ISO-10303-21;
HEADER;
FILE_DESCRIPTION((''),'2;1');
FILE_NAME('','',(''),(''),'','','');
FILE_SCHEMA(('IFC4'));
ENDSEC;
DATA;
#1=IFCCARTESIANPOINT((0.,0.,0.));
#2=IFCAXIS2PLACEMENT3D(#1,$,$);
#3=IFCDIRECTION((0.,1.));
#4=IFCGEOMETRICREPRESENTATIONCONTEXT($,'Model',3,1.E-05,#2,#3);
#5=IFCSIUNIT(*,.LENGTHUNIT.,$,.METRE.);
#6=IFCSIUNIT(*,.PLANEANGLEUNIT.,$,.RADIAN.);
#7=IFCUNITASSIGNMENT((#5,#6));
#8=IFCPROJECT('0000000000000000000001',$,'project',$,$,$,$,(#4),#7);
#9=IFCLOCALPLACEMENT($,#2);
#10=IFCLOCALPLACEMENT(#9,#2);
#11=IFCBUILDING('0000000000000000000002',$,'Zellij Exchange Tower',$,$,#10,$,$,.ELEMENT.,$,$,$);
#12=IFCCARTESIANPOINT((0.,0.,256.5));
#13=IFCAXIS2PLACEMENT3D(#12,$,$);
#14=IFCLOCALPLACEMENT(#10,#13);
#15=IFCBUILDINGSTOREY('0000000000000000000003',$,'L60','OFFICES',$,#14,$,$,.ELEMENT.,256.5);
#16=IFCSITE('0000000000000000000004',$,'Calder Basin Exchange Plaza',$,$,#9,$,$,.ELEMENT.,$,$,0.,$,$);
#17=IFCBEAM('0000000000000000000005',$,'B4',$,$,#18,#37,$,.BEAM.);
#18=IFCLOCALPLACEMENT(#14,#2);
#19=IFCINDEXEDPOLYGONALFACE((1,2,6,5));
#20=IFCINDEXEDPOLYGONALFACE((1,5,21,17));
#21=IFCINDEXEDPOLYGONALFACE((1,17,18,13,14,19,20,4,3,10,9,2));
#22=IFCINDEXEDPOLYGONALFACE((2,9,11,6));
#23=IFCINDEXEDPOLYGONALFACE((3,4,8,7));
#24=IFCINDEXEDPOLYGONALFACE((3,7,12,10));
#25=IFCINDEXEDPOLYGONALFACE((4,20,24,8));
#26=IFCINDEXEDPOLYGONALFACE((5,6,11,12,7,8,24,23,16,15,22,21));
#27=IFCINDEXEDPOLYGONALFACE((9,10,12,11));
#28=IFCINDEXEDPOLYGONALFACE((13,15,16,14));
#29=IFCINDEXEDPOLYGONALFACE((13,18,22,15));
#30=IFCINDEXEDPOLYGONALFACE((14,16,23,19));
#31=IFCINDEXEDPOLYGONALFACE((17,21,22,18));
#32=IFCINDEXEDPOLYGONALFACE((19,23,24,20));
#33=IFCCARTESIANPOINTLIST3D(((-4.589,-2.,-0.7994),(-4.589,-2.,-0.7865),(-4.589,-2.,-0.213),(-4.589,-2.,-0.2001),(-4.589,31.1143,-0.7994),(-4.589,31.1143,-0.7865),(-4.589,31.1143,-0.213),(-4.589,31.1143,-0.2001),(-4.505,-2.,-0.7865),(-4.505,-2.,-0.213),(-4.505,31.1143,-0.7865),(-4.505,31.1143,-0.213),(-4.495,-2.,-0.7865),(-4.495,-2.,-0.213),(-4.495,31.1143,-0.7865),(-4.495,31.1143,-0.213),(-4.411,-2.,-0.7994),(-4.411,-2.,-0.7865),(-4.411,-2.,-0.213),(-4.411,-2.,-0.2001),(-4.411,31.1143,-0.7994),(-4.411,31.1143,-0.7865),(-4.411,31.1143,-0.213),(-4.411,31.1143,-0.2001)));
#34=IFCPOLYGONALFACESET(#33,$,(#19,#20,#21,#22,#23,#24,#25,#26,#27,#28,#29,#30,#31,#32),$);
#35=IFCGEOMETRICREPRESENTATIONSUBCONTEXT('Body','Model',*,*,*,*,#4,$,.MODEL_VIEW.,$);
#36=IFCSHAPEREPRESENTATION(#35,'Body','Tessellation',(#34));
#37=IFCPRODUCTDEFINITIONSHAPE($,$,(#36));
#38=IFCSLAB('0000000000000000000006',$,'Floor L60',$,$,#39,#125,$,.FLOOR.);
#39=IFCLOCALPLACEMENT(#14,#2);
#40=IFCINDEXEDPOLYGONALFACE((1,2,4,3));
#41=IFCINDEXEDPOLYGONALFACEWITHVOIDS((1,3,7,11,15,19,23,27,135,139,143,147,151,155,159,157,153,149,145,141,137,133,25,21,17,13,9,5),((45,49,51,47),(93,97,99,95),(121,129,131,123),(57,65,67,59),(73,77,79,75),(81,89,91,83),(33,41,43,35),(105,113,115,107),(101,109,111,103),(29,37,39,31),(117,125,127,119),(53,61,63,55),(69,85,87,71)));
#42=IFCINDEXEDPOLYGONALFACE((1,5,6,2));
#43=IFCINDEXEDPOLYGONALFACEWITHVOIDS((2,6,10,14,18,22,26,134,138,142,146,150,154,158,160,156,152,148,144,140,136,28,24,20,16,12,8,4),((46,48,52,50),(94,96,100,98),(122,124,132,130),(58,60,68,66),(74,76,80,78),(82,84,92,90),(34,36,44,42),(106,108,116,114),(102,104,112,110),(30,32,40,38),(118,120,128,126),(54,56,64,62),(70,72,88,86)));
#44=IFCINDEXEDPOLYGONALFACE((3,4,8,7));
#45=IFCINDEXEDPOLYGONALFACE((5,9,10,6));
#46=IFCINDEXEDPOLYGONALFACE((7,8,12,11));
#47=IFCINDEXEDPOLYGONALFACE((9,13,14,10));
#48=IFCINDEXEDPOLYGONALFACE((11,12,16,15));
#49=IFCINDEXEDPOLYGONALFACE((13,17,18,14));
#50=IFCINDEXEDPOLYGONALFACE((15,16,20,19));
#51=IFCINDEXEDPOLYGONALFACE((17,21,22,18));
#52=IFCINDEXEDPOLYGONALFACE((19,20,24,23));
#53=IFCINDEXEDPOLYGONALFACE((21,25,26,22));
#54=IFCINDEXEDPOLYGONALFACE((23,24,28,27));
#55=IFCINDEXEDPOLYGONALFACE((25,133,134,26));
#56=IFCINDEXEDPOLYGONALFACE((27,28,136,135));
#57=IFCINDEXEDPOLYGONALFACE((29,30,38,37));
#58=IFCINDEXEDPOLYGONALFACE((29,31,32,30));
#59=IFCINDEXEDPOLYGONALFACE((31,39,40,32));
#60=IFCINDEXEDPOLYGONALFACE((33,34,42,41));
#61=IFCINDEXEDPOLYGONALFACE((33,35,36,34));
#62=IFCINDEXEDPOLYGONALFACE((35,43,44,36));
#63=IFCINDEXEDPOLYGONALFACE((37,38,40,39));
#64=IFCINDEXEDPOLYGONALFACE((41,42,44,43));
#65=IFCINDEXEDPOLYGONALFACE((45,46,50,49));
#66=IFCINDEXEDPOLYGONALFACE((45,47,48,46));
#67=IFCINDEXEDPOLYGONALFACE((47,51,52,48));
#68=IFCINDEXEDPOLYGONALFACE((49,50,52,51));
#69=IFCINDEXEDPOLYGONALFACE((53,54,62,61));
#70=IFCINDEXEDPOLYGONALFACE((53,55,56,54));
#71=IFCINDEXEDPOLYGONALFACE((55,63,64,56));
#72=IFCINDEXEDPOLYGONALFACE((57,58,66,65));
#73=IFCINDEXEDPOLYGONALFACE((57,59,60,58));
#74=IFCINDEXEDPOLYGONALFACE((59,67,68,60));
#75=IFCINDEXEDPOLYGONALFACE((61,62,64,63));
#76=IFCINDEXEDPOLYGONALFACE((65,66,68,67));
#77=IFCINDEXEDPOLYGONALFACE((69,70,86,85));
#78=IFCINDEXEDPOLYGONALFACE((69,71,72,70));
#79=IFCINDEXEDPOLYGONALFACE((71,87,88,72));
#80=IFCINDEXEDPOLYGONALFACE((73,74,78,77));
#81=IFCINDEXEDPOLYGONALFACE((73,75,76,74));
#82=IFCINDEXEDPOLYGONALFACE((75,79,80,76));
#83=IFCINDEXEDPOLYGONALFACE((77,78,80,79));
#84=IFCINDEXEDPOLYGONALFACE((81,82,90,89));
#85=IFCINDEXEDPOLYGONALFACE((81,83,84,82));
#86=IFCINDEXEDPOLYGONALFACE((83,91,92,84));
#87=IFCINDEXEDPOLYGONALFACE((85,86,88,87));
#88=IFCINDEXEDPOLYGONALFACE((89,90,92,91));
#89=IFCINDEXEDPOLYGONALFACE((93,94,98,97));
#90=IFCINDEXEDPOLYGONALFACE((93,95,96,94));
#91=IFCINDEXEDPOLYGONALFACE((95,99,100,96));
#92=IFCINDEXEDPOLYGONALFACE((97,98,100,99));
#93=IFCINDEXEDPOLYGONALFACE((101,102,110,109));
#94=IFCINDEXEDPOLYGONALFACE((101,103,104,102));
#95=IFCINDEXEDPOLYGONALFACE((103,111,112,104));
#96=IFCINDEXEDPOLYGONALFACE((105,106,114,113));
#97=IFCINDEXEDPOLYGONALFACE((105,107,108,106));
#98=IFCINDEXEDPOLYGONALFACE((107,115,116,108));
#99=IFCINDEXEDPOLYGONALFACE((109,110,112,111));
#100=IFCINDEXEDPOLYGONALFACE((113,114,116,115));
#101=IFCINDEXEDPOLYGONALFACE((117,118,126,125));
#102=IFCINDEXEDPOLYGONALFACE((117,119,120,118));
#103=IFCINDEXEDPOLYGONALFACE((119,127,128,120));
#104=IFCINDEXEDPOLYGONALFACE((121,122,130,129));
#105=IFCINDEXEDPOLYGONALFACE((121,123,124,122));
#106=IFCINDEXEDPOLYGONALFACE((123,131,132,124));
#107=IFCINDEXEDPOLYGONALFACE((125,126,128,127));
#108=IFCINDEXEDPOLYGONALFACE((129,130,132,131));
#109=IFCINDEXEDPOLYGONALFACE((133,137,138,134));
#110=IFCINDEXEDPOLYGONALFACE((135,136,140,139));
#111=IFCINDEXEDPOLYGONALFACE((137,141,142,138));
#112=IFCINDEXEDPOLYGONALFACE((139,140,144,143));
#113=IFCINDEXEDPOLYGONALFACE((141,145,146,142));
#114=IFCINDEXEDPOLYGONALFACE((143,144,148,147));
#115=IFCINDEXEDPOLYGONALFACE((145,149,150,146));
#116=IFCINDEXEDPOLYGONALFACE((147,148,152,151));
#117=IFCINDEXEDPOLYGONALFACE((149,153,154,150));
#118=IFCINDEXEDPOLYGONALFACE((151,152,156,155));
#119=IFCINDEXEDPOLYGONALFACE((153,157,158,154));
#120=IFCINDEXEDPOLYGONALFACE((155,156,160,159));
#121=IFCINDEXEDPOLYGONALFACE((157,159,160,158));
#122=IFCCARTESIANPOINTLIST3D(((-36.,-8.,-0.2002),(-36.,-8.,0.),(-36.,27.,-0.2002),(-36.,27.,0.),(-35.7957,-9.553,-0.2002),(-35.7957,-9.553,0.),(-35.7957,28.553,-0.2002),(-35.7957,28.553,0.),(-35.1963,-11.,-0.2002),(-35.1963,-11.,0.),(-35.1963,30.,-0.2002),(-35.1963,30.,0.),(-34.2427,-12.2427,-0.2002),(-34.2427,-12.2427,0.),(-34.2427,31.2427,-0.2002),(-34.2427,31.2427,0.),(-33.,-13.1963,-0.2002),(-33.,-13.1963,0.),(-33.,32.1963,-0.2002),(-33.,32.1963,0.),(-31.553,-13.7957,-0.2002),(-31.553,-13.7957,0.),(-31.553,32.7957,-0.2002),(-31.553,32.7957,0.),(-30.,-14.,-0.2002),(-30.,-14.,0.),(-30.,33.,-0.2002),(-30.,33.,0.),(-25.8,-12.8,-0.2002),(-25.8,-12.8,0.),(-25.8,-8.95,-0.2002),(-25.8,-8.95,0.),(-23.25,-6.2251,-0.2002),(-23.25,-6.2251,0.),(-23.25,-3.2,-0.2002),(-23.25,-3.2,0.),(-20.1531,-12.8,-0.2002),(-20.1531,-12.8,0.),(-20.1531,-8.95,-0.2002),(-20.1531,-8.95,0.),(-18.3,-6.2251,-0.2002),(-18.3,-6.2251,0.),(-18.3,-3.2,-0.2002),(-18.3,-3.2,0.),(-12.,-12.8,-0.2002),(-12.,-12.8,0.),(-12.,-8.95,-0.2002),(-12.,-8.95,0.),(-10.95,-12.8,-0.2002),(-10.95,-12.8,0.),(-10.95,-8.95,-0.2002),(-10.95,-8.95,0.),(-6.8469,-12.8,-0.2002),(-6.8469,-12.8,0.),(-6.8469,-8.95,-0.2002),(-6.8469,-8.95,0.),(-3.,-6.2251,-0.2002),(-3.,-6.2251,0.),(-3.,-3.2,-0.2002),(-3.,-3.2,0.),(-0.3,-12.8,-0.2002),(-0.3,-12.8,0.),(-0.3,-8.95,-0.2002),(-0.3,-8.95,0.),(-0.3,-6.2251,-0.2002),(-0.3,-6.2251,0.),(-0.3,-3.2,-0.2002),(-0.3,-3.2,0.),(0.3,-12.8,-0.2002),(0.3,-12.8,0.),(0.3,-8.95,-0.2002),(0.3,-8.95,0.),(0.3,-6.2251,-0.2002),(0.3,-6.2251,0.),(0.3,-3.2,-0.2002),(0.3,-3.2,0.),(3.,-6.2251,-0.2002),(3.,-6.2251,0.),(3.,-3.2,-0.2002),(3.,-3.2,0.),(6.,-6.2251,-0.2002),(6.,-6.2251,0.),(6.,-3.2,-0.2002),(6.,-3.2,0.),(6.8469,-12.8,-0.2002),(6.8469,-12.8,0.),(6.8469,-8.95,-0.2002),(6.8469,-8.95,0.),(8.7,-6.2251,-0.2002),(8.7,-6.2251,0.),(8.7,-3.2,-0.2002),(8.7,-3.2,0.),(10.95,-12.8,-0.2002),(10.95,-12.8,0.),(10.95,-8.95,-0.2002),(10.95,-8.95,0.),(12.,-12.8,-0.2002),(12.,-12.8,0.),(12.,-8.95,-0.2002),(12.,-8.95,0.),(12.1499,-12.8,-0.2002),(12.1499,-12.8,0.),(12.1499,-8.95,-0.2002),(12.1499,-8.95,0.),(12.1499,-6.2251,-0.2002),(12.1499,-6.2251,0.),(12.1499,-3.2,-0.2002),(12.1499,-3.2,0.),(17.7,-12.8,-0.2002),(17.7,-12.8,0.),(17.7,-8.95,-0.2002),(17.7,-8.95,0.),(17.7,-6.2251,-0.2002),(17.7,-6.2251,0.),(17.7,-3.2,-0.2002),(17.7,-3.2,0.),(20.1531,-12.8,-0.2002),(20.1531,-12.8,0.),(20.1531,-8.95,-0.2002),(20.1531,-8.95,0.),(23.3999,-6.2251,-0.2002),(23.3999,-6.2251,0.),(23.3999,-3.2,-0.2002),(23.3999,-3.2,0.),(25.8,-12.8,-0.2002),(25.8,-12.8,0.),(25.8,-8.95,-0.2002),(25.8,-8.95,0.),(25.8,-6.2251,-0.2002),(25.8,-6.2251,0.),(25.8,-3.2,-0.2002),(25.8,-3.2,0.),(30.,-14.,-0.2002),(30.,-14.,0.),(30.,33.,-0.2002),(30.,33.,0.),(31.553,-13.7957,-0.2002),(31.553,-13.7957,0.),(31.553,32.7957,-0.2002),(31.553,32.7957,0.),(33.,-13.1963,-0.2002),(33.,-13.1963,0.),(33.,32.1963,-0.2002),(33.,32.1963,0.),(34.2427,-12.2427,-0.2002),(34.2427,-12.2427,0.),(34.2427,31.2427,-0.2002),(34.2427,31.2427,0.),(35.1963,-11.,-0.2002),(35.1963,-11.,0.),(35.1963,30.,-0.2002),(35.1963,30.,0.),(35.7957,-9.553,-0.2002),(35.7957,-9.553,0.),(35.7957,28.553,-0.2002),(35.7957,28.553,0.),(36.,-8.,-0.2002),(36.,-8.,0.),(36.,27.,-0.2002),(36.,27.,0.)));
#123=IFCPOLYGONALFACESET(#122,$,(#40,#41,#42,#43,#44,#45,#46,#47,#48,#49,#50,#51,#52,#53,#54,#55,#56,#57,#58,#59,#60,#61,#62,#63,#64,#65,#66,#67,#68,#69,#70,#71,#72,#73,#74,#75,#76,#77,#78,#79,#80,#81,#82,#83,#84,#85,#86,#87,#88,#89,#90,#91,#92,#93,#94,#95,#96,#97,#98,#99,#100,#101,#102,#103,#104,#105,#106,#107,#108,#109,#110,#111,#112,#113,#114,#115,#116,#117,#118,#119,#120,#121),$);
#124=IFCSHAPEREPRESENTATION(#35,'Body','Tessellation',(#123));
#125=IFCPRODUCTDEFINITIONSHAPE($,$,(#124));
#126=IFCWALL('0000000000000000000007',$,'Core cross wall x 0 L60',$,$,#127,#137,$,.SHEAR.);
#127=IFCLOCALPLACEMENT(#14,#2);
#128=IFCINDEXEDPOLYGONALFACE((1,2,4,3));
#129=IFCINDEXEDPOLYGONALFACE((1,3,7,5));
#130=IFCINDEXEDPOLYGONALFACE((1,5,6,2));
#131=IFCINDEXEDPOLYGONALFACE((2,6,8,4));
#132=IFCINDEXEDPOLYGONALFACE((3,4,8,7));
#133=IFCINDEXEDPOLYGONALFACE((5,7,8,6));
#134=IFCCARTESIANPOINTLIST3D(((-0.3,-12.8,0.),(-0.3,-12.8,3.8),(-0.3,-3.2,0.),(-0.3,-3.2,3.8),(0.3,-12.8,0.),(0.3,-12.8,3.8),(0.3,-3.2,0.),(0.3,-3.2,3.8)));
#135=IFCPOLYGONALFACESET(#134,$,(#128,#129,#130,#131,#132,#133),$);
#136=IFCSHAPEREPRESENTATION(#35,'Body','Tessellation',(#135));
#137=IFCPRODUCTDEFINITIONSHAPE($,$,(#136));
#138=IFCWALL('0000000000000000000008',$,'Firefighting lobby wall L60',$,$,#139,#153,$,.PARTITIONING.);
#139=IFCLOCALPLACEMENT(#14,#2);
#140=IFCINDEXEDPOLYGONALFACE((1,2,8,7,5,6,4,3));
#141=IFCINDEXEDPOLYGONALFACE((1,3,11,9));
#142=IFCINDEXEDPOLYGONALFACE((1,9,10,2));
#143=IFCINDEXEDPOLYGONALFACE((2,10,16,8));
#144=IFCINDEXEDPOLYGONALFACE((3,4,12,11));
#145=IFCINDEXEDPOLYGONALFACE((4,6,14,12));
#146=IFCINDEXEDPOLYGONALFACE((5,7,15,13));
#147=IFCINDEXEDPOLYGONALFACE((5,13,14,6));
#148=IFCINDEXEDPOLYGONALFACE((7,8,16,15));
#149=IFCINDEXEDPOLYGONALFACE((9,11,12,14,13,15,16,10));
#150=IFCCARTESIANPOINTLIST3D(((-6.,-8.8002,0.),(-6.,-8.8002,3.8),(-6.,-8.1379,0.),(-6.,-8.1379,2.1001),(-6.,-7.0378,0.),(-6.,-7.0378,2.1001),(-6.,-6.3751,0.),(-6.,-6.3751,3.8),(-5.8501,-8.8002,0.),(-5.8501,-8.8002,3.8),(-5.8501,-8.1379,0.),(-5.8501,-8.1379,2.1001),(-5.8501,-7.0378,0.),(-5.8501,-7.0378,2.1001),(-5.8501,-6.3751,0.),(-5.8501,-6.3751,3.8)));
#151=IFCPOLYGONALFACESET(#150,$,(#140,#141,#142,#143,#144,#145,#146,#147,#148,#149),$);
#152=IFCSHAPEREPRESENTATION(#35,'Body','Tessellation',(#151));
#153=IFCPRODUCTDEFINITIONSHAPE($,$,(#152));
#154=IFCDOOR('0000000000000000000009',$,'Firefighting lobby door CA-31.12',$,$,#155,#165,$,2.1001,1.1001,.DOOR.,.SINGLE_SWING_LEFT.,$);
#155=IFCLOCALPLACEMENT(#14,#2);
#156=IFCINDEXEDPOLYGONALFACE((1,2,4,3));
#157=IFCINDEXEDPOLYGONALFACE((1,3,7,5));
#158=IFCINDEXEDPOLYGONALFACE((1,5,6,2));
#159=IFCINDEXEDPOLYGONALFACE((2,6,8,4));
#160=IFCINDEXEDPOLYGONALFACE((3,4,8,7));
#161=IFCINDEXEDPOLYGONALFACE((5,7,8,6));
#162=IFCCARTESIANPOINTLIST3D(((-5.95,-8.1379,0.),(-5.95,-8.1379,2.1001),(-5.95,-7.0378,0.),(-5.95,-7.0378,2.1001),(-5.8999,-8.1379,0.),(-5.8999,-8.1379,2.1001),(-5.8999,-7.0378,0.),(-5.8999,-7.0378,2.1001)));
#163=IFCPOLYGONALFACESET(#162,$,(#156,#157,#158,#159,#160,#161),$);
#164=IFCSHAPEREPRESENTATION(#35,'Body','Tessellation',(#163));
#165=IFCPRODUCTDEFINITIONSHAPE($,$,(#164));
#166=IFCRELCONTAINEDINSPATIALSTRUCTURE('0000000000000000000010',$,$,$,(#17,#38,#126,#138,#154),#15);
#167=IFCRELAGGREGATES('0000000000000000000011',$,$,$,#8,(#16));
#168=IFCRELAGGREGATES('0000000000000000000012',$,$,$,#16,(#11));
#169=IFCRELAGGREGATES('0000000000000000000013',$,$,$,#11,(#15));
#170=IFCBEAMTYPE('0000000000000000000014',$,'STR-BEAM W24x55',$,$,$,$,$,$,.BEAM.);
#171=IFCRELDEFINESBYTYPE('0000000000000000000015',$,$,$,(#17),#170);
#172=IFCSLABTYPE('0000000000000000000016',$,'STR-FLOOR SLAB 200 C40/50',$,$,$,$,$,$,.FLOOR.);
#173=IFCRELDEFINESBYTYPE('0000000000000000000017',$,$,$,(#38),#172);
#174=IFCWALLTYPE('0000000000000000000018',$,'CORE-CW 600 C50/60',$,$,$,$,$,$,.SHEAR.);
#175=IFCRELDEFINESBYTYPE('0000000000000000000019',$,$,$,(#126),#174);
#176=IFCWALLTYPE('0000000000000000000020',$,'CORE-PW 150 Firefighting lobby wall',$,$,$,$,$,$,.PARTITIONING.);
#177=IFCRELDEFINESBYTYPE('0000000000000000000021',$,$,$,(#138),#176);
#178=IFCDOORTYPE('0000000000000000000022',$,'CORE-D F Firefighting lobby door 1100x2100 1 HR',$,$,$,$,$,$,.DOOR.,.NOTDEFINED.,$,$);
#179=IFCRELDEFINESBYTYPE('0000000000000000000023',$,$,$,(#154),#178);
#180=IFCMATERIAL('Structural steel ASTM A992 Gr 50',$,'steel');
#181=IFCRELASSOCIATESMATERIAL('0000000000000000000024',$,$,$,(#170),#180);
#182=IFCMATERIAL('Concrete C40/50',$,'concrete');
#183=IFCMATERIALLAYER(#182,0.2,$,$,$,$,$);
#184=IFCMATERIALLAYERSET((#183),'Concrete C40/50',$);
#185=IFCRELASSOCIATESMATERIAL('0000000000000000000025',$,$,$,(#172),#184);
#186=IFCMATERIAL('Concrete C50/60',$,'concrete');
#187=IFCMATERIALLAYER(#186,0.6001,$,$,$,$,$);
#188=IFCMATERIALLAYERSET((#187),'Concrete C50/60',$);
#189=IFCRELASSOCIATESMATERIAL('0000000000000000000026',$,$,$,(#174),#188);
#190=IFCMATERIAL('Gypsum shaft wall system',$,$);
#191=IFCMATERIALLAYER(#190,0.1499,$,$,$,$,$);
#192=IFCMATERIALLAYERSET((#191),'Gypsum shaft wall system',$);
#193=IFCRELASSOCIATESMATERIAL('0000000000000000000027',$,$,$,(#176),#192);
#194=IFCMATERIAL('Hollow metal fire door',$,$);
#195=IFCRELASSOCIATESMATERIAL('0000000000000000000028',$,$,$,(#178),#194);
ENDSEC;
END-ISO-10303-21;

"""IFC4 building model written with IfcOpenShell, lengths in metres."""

from ifc_helpers import new_model, si_unit, direction, frame, frame_2d, origin, origin_2d, place, context, subcontext, project, spatial, polyline, rectangle, i_section, outline, extrude, material, layer, layer_set, material_profile, profile_set, type_object, element, fill, save


model = new_model("IFC4")

# Units and contexts
model_context = context("Model", 3, precision=1e-05, world=origin(), true_north=direction((0.0, 1.0)))
body_context = subcontext(model_context, "Body", "Model", "MODEL_VIEW")
ifc_project = project(units=[si_unit("LENGTHUNIT", "METRE"), si_unit("PLANEANGLEUNIT", "RADIAN")], contexts=[model_context])

# Site, building, storey
site_placement = place(None, origin())
site = spatial("IfcSite", under=ifc_project, at=site_placement, Name="Calder Basin Exchange Plaza", CompositionType="ELEMENT", RefElevation=0.0)
building_placement = place(site_placement, origin())
building = spatial("IfcBuilding", under=site, at=building_placement, Name="Zellij Exchange Tower", CompositionType="ELEMENT")
storey_placement = place(building_placement, frame((0.0, 0.0, 256.5)))
storey = spatial("IfcBuildingStorey", under=building, at=storey_placement, Name="L60", Description="OFFICES", CompositionType="ELEMENT", Elevation=256.5)

# Beam
ifc_material_1 = material(Name="Structural steel ASTM A992 Gr 50", Category="steel")
ifc_material_profile = material_profile(ifc_material_1, i_section(OverallWidth=0.178, OverallDepth=0.5994, WebThickness=0.01, FlangeThickness=0.0129, at=origin_2d()), Name="W24x55")
ifc_profile_set = profile_set([ifc_material_profile], Name="Structural steel ASTM A992 Gr 50")
beam_type = type_object("IfcBeamType", Name="STR-BEAM W24x55", PredefinedType="BEAM", material=ifc_profile_set)
beam_placement = place(storey_placement, frame((-4.5, -2.0, -0.4998), z_axis=(0.0, 1.0, 0.0), x_axis=(-1.0, 0.0, 0.0)))
element("IfcBeam", 1, at=beam_placement, inside=storey, type_object=beam_type, Name="B4", PredefinedType="BEAM", context=body_context, shape_type="SweptSolid", body=[
    extrude(i_section(OverallWidth=0.178, OverallDepth=0.5994, WebThickness=0.01, FlangeThickness=0.0129, at=origin_2d()), origin(), (0.0, 0.0, 1.0), 33.1143),
])

# Slab
ifc_material_2 = material(Name="Concrete C40/50", Category="concrete")
ifc_layer_1 = layer(ifc_material_2, 0.2)
ifc_layer_set_1 = layer_set([ifc_layer_1], Name="Concrete C40/50")
slab_type = type_object("IfcSlabType", Name="STR-FLOOR SLAB 200 C40/50", PredefinedType="FLOOR", material=ifc_layer_set_1)
slab_placement = place(storey_placement, frame((0.0, 0.0, -0.2002)))
element("IfcSlab", 2, at=slab_placement, inside=storey, type_object=slab_type, Name="Floor L60", PredefinedType="FLOOR", context=body_context, shape_type="SweptSolid", body=[
    extrude(outline(polyline([(-30.0, -14.0), (-31.553, -13.7957), (-33.0, -13.1963), (-34.2427, -12.2427), (-35.1963, -11.0), (-35.7957, -9.553), (-36.0, -8.0), (-36.0, 27.0), (-35.7957, 28.553), (-35.1963, 30.0), (-34.2427, 31.2427), (-33.0, 32.1963), (-31.553, 32.7957), (-30.0, 33.0), (30.0, 33.0), (31.553, 32.7957), (33.0, 32.1963), (34.2427, 31.2427), (35.1963, 30.0), (35.7957, 28.553), (36.0, 27.0), (36.0, -8.0), (35.7957, -9.553), (35.1963, -11.0), (34.2427, -12.2427), (33.0, -13.1963), (31.553, -13.7957), (30.0, -14.0), (-30.0, -14.0)]), holes=[polyline([(-25.8, -8.95), (-25.8, -12.8), (-20.1531, -12.8), (-20.1531, -8.95), (-25.8, -8.95)]), polyline([(-10.95, -8.95), (-12.0, -8.95), (-12.0, -12.8), (-10.95, -12.8), (-10.95, -8.95)]), polyline([(-0.3, -8.95), (-6.8469, -8.95), (-6.8469, -12.8), (-0.3, -12.8), (-0.3, -8.95)]), polyline([(0.3, -8.95), (0.3, -12.8), (6.8469, -12.8), (6.8469, -8.95), (0.3, -8.95)]), polyline([(-18.3, -3.2), (-23.25, -3.2), (-23.25, -6.2251), (-18.3, -6.2251), (-18.3, -3.2)]), polyline([(-0.3, -3.2), (-3.0, -3.2), (-3.0, -6.2251), (-0.3, -6.2251), (-0.3, -3.2)]), polyline([(0.3, -3.2), (0.3, -6.2251), (3.0, -6.2251), (3.0, -3.2), (0.3, -3.2)]), polyline([(12.0, -8.95), (10.95, -8.95), (10.95, -12.8), (12.0, -12.8), (12.0, -8.95)]), polyline([(17.7, -8.95), (12.1499, -8.95), (12.1499, -12.8), (17.7, -12.8), (17.7, -8.95)]), polyline([(25.8, -8.95), (20.1531, -8.95), (20.1531, -12.8), (25.8, -12.8), (25.8, -8.95)]), polyline([(8.7, -3.2), (6.0, -3.2), (6.0, -6.2251), (8.7, -6.2251), (8.7, -3.2)]), polyline([(17.7, -3.2), (12.1499, -3.2), (12.1499, -6.2251), (17.7, -6.2251), (17.7, -3.2)]), polyline([(25.8, -3.2), (23.3999, -3.2), (23.3999, -6.2251), (25.8, -6.2251), (25.8, -3.2)])]), origin(), (0.0, 0.0, 1.0), 0.2002),
])

# Wall
ifc_material_3 = material(Name="Concrete C50/60", Category="concrete")
ifc_layer_2 = layer(ifc_material_3, 0.6001)
ifc_layer_set_2 = layer_set([ifc_layer_2], Name="Concrete C50/60")
wall_type_1 = type_object("IfcWallType", Name="CORE-CW 600 C50/60", PredefinedType="SHEAR", material=ifc_layer_set_2)
wall_1_placement = place(storey_placement, frame((0.0, -12.8, 0.0), z_axis=(0.0, 0.0, 1.0), x_axis=(0.0, 1.0, 0.0)))
element("IfcWall", 3, at=wall_1_placement, inside=storey, type_object=wall_type_1, Name="Core cross wall x 0 L60", PredefinedType="SHEAR", context=body_context, shape_type="SweptSolid", body=[
    extrude(rectangle(XDim=9.6001, YDim=0.6001, at=frame_2d((4.8, 0.0))), origin(), (0.0, 0.0, 1.0), 3.8),
])

# Wall, opening, door
ifc_material_4 = material(Name="Gypsum shaft wall system")
ifc_layer_3 = layer(ifc_material_4, 0.1499)
ifc_layer_set_3 = layer_set([ifc_layer_3], Name="Gypsum shaft wall system")
wall_type_2 = type_object("IfcWallType", Name="CORE-PW 150 Firefighting lobby wall", PredefinedType="PARTITIONING", material=ifc_layer_set_3)
wall_2_placement = place(storey_placement, frame((-5.925, -8.8, 0.0), z_axis=(0.0, 0.0, 1.0), x_axis=(0.0, 1.0, 0.0)))
wall_2 = element("IfcWall", 4, at=wall_2_placement, inside=storey, type_object=wall_type_2, Name="Firefighting lobby wall L60", PredefinedType="PARTITIONING", context=body_context, shape_type="SweptSolid", body=[
    extrude(rectangle(XDim=2.425, YDim=0.1499, at=frame_2d((1.2124, 0.0))), origin(), (0.0, 0.0, 1.0), 3.8),
])
opening_1_placement = place(wall_2_placement, frame((0.6621, 0.0, 0.0)))
opening_1 = element("IfcOpeningElement", 5, at=opening_1_placement, cuts=wall_2, PredefinedType="OPENING", context=body_context, shape_type="SweptSolid", body=[
    extrude(rectangle(XDim=1.1001, YDim=2.1001, at=frame_2d((0.55, 1.05))), frame((0.0, 0.0869, 0.0), z_axis=(0.0, -1.0, 0.0), x_axis=(1.0, 0.0, 0.0)), (0.0, 0.0, 1.0), 0.1738),
])
ifc_material_5 = material(Name="Hollow metal fire door")
door_type_1 = type_object("IfcDoorType", Name="CORE-D F Firefighting lobby door 1100x2100 1 HR", OperationType="NOTDEFINED", PredefinedType="DOOR", material=ifc_material_5)
door_1_placement = place(opening_1_placement, origin())
door_1 = element("IfcDoor", 6, at=door_1_placement, inside=storey, type_object=door_type_1, Name="Firefighting lobby door CA-31.12", OperationType="SINGLE_SWING_LEFT", OverallHeight=2.1001, OverallWidth=1.1001, PredefinedType="DOOR", context=body_context, shape_type="SweptSolid", body=[
    extrude(rectangle(XDim=1.1001, YDim=2.1001, at=frame_2d((0.55, 1.05))), frame((0.0, 0.0249, 0.0), z_axis=(0.0, -1.0, 0.0), x_axis=(1.0, 0.0, 0.0)), (0.0, 0.0, 1.0), 0.05),
])
fill(opening_1, door_1)

save(model, "model.ifc")
